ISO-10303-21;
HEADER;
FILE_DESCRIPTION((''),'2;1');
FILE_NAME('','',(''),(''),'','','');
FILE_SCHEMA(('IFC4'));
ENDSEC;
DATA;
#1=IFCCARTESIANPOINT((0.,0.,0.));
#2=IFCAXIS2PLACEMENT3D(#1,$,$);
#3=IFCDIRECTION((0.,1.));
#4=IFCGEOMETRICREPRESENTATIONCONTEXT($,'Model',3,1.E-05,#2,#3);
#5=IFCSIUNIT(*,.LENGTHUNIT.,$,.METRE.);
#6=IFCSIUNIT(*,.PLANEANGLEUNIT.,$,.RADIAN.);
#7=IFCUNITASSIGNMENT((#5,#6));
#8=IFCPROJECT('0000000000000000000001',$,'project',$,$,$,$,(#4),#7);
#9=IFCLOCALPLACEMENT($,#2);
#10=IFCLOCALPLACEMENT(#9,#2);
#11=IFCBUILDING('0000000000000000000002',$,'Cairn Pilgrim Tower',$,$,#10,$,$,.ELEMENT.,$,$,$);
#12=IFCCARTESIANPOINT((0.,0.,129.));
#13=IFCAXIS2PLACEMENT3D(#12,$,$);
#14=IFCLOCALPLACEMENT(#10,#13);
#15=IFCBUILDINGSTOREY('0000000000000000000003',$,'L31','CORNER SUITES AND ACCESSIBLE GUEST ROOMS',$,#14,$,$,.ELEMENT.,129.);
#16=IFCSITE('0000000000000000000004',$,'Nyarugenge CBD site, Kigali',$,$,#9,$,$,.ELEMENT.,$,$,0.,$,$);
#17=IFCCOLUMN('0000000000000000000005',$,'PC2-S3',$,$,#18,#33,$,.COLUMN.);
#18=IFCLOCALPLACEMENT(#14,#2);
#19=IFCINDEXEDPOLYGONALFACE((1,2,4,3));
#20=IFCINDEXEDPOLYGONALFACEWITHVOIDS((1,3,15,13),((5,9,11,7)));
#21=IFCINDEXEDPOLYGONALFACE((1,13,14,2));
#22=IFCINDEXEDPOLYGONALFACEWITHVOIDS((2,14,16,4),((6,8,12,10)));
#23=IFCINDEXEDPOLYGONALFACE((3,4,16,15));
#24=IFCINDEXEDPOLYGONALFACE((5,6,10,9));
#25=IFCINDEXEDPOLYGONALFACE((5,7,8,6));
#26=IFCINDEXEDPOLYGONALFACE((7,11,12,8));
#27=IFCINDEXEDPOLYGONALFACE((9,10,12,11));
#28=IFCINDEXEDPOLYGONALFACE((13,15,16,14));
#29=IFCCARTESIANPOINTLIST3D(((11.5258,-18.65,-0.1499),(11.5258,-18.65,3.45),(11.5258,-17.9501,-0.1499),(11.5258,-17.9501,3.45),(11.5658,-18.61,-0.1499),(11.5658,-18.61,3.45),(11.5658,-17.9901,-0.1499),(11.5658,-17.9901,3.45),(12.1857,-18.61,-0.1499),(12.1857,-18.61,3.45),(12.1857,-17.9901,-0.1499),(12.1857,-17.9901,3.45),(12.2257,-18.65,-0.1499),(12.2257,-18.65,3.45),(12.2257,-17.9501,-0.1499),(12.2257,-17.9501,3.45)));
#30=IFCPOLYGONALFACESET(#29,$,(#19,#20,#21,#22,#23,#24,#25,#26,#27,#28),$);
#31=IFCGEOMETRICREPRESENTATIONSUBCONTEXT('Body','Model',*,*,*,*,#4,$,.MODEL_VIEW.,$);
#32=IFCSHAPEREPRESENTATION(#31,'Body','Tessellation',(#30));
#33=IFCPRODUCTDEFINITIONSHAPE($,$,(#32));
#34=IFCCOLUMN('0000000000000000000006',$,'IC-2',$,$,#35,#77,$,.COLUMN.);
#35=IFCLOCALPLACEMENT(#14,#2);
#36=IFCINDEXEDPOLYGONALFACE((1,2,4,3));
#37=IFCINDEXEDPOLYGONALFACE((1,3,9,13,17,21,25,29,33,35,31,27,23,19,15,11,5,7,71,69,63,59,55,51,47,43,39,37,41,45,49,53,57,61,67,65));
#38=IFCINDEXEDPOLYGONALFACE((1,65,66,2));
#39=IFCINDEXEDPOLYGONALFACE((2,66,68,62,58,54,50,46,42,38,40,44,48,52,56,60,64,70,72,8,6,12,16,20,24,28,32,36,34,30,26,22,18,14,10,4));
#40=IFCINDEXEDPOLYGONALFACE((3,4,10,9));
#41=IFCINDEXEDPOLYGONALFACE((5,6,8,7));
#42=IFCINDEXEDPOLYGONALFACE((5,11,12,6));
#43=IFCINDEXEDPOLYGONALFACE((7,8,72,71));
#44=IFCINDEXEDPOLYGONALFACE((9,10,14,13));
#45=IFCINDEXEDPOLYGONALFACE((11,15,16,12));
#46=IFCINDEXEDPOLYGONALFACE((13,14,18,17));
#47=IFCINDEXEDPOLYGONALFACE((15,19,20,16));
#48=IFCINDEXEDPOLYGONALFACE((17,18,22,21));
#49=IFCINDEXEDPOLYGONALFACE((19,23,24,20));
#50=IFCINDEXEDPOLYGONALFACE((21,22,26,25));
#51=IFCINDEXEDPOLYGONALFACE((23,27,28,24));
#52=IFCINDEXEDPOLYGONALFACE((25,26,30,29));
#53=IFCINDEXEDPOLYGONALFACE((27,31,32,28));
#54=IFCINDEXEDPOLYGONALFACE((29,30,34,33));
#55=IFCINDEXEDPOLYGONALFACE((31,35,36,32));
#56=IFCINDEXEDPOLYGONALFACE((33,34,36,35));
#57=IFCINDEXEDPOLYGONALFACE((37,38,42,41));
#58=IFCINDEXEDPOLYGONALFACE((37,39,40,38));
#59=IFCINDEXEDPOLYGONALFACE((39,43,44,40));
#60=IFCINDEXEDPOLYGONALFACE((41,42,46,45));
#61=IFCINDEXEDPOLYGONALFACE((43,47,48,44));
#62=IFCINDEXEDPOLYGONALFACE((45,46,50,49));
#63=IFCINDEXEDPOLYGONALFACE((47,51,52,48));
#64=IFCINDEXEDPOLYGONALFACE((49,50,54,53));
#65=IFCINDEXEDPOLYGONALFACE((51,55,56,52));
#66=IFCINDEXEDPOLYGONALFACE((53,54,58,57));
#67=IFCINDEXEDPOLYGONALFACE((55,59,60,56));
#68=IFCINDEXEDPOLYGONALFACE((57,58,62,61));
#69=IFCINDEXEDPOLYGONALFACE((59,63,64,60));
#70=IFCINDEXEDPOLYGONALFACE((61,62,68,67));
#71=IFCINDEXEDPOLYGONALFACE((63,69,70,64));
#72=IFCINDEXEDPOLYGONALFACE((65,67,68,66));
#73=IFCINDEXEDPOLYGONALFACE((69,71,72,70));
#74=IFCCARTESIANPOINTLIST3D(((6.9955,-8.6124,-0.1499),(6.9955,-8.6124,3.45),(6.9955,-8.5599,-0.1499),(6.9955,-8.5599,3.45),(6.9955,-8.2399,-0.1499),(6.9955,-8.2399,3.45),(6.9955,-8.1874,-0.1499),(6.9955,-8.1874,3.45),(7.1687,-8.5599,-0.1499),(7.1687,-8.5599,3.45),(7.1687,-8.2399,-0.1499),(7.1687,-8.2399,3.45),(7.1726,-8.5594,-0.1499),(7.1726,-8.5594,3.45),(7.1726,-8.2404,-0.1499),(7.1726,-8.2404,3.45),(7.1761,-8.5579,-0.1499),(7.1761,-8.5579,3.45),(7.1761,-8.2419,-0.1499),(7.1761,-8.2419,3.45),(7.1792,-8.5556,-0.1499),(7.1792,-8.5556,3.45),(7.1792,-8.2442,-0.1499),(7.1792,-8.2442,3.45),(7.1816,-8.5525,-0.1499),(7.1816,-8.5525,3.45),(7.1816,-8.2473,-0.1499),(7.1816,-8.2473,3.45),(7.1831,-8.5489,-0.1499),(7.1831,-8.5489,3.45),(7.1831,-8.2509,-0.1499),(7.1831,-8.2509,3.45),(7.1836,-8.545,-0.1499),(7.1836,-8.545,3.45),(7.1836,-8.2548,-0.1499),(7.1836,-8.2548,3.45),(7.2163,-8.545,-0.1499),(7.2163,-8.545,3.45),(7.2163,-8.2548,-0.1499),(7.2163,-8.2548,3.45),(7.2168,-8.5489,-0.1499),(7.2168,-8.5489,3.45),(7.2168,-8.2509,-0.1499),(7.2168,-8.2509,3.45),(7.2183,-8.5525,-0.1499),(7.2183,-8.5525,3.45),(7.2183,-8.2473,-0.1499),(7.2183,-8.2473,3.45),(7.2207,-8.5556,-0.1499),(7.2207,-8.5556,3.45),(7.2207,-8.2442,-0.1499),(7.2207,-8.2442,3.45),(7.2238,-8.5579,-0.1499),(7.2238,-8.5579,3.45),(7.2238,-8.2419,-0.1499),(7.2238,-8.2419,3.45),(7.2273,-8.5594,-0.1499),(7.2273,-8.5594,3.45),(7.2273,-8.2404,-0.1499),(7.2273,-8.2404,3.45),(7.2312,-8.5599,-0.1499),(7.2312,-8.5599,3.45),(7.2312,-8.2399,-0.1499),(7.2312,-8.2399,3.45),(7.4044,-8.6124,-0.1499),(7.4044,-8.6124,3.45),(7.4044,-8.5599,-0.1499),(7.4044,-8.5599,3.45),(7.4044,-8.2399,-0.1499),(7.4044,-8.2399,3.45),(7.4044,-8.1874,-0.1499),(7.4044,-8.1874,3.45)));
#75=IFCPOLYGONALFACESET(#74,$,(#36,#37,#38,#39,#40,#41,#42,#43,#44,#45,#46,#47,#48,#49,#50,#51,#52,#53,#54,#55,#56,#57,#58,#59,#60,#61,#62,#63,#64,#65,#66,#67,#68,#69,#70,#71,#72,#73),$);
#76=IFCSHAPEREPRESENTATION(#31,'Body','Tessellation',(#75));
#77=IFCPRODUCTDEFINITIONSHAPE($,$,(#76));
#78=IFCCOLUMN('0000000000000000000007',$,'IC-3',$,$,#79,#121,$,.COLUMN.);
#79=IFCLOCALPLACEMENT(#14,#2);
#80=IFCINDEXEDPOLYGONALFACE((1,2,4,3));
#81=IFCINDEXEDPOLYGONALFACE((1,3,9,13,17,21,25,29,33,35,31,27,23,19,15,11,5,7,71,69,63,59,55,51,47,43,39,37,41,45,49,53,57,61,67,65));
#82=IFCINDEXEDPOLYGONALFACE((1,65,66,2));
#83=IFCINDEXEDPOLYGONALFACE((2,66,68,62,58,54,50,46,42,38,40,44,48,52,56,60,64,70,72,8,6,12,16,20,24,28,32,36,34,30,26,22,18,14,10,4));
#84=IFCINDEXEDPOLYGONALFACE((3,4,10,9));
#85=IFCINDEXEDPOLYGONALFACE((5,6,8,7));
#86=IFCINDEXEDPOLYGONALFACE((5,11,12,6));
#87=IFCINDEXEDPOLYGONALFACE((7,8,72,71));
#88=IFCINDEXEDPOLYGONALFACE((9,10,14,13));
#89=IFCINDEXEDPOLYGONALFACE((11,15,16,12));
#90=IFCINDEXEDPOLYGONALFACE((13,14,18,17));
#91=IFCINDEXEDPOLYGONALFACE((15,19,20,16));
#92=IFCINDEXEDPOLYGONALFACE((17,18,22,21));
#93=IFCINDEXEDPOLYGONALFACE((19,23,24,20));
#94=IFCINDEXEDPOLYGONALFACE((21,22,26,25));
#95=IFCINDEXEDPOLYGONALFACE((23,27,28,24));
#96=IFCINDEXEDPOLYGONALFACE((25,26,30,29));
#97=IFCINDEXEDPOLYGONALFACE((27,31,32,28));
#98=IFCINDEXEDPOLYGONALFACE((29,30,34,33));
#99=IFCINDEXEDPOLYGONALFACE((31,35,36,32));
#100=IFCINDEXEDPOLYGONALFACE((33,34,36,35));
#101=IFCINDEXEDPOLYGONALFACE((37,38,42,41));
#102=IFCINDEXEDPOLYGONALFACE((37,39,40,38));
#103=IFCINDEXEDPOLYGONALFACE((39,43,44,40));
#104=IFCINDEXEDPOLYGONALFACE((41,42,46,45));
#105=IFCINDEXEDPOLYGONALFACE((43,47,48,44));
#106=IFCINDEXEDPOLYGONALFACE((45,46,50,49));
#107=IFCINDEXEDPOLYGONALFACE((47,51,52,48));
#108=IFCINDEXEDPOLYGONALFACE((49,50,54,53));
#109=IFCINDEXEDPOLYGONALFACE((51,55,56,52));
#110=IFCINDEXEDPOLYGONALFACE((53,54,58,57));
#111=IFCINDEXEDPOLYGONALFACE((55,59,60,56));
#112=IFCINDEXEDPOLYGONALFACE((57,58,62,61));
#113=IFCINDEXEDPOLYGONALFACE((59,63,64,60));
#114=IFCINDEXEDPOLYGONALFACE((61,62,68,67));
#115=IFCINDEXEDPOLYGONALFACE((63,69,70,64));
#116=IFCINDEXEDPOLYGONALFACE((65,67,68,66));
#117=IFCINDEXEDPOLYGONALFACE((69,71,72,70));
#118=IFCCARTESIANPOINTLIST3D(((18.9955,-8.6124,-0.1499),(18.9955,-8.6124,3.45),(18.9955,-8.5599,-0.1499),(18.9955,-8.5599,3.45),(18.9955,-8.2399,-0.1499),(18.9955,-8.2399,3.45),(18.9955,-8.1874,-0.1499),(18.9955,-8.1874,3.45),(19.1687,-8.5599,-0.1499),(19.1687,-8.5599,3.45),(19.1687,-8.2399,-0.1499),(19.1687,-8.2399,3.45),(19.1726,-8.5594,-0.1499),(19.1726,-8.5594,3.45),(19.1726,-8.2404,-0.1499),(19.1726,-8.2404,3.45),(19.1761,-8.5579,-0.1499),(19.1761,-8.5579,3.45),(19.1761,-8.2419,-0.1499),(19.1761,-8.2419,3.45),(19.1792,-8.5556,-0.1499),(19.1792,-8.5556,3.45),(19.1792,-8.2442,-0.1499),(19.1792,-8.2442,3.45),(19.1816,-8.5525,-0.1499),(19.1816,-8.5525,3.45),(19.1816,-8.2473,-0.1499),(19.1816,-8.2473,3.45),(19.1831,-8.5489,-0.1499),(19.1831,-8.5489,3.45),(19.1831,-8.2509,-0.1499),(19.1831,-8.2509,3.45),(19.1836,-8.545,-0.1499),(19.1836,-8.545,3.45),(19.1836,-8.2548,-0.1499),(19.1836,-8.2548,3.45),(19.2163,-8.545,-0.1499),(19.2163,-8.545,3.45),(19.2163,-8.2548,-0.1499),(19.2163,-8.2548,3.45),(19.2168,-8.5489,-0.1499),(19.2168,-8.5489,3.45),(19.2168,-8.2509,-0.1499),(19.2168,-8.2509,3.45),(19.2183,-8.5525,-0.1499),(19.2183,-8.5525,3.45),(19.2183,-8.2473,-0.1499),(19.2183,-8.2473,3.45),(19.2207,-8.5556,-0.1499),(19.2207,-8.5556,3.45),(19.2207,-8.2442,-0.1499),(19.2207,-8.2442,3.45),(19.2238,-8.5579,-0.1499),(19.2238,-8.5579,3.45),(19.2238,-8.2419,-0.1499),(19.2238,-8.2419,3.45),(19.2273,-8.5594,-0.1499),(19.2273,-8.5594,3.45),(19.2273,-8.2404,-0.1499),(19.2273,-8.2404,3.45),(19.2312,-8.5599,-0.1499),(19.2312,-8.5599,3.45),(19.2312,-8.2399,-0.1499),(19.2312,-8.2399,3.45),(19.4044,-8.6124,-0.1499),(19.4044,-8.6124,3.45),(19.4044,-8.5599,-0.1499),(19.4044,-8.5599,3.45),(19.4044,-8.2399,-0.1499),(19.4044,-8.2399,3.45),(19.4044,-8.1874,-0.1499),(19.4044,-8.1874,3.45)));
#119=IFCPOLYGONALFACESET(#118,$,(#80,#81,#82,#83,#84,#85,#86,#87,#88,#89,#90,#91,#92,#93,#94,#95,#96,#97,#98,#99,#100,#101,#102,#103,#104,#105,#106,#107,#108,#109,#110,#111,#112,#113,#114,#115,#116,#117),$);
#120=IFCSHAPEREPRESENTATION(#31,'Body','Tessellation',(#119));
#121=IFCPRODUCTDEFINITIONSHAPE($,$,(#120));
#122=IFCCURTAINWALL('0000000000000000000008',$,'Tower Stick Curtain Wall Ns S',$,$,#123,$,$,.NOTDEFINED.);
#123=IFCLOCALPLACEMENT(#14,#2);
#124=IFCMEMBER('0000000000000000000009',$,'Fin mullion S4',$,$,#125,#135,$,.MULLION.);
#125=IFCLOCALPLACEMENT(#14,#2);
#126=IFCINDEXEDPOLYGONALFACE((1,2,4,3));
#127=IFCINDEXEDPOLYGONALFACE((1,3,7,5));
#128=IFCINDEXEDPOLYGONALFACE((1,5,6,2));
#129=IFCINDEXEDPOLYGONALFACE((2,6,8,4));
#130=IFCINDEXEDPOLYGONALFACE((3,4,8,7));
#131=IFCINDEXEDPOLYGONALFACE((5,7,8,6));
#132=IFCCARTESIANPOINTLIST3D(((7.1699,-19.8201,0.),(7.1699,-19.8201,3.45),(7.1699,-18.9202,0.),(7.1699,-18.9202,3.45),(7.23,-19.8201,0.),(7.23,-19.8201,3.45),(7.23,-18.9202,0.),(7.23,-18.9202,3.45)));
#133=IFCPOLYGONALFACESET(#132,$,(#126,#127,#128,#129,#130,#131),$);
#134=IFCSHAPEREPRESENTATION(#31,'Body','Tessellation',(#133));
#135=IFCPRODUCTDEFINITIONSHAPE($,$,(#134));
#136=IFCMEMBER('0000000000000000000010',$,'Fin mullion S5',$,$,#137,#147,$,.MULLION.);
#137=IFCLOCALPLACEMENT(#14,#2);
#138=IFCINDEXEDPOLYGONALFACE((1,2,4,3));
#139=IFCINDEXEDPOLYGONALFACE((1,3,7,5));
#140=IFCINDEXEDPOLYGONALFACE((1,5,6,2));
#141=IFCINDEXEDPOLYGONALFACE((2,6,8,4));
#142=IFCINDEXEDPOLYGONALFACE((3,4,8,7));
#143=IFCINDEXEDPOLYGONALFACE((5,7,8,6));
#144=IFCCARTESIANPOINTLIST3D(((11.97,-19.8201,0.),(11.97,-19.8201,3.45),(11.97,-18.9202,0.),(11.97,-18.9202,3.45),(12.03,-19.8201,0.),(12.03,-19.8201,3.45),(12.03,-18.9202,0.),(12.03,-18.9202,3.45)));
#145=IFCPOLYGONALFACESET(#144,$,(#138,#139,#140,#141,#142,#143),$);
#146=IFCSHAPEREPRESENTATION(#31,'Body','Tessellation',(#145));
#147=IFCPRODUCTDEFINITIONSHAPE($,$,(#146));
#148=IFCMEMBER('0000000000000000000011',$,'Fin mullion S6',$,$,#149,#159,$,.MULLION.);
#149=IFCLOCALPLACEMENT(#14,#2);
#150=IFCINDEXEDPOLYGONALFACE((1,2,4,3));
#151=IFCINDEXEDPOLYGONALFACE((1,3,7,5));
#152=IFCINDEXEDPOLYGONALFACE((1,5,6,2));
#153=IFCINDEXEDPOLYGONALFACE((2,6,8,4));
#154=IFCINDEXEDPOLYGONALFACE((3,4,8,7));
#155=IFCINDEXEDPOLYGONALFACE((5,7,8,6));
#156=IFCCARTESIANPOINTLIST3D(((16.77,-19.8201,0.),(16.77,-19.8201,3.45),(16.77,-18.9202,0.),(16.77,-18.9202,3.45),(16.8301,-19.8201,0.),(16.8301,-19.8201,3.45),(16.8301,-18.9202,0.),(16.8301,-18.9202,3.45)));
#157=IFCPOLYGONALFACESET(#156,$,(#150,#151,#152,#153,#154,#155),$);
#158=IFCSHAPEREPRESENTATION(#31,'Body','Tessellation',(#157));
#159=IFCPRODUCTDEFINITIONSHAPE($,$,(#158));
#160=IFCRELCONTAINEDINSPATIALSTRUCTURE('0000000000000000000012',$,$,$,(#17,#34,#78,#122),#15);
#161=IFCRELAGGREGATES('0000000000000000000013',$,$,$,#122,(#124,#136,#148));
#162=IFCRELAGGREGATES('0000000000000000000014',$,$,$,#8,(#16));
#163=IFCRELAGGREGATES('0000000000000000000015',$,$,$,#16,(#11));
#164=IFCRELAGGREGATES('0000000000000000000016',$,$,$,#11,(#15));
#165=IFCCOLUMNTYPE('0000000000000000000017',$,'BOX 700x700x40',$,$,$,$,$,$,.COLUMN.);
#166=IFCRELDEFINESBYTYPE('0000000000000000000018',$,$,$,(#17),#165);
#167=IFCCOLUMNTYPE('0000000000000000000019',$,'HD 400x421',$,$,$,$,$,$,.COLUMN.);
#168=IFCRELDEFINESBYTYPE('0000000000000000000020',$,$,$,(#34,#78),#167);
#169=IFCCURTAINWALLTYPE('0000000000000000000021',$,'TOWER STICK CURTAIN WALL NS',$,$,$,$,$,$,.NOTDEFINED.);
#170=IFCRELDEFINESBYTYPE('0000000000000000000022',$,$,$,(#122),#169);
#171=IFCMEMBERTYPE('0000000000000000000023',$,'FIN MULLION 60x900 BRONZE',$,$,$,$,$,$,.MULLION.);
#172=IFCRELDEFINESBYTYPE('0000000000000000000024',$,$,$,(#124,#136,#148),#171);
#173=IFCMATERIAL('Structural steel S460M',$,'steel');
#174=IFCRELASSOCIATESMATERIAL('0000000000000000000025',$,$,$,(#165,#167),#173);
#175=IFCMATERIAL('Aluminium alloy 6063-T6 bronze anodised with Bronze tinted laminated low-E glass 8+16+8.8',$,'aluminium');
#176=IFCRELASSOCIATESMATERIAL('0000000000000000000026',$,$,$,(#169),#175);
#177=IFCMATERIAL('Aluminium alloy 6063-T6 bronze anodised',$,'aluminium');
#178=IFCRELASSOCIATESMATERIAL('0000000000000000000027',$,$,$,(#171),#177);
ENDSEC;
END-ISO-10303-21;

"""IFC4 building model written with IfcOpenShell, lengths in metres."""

from ifc_helpers import new_model, si_unit, direction, frame, origin, origin_2d, place, context, subcontext, project, spatial, rectangle, hollow_rectangle, i_section, extrude, material, material_profile, profile_set, type_object, element, aggregate, save


model = new_model("IFC4")

# Units and contexts
model_context = context("Model", 3, precision=1e-05, world=origin(), true_north=direction((0.0, 1.0)))
body_context = subcontext(model_context, "Body", "Model", "MODEL_VIEW")
ifc_project = project(units=[si_unit("LENGTHUNIT", "METRE"), si_unit("PLANEANGLEUNIT", "RADIAN")], contexts=[model_context])

# Site, building, storey
site_placement = place(None, origin())
site = spatial("IfcSite", under=ifc_project, at=site_placement, Name="Nyarugenge CBD site, Kigali", CompositionType="ELEMENT", RefElevation=0.0)
building_placement = place(site_placement, origin())
building = spatial("IfcBuilding", under=site, at=building_placement, Name="Cairn Pilgrim Tower", CompositionType="ELEMENT")
storey_placement = place(building_placement, frame((0.0, 0.0, 129.0)))
storey = spatial("IfcBuildingStorey", under=building, at=storey_placement, Name="L31", Description="CORNER SUITES AND ACCESSIBLE GUEST ROOMS", CompositionType="ELEMENT", Elevation=129.0)

# Columns
ifc_material_1 = material(Name="Structural steel S460M", Category="steel")
ifc_material_profile_1 = material_profile(ifc_material_1, hollow_rectangle(XDim=0.7, YDim=0.7, WallThickness=0.04, at=origin_2d()), Name="BOX 700x700x40")
ifc_profile_set_1 = profile_set([ifc_material_profile_1], Name="Structural steel S460M")
column_type_1 = type_object("IfcColumnType", Name="BOX 700x700x40", PredefinedType="COLUMN", material=ifc_profile_set_1)
column_placement = place(storey_placement, frame((11.8757, -18.3, -0.1499), z_axis=(0.0, 0.0, 1.0), x_axis=(1.0, 0.0, 0.0)))
element("IfcColumn", 1, at=column_placement, inside=storey, type_object=column_type_1, Name="PC2-S3", PredefinedType="COLUMN", context=body_context, shape_type="SweptSolid", body=[
    extrude(hollow_rectangle(XDim=0.7, YDim=0.7, WallThickness=0.04, at=origin_2d()), origin(), (0.0, 0.0, 1.0), 3.5999),
])
ifc_material_profile_2 = material_profile(ifc_material_1, i_section(OverallWidth=0.4089, OverallDepth=0.425, WebThickness=0.0327, FlangeThickness=0.0525, FilletRadius=0.0149, at=origin_2d()), Name="HD 400x421")
ifc_profile_set_2 = profile_set([ifc_material_profile_2], Name="Structural steel S460M")
column_type_2 = type_object("IfcColumnType", Name="HD 400x421", PredefinedType="COLUMN", material=ifc_profile_set_2)
for number, where, z_axis, x_axis, name in (
    (2, (7.2, -8.3999, -0.1499), (0.0, 0.0, 1.0), (1.0, 0.0, 0.0), "IC-2"),
    (3, (19.2, -8.3999, -0.1499), (0.0, 0.0, 1.0), (1.0, 0.0, 0.0), "IC-3"),
):
    element("IfcColumn", number, at=place(storey_placement, frame(where, z_axis=z_axis, x_axis=x_axis)), inside=storey, type_object=column_type_2, Name=name, PredefinedType="COLUMN", context=body_context, shape_type="SweptSolid", body=[
        extrude(i_section(OverallWidth=0.4089, OverallDepth=0.425, WebThickness=0.0327, FlangeThickness=0.0525, FilletRadius=0.0149, at=origin_2d()), origin(), (0.0, 0.0, 1.0), 3.5999),
    ])

# Curtain wall, members
ifc_material_2 = material(Name="Aluminium alloy 6063-T6 bronze anodised with Bronze tinted laminated low-E glass 8+16+8.8", Category="aluminium")
curtain_wall_type = type_object("IfcCurtainWallType", Name="TOWER STICK CURTAIN WALL NS", PredefinedType="NOTDEFINED", material=ifc_material_2)
curtain_wall_placement = place(storey_placement, origin())
curtain_wall = element("IfcCurtainWall", 4, at=curtain_wall_placement, inside=storey, type_object=curtain_wall_type, Name="Tower Stick Curtain Wall Ns S", PredefinedType="NOTDEFINED")
ifc_material_3 = material(Name="Aluminium alloy 6063-T6 bronze anodised", Category="aluminium")
ifc_material_profile_3 = material_profile(ifc_material_3, rectangle(XDim=0.8999, YDim=0.0601, at=origin_2d()), Name="FIN MULLION 60x900 BRONZE")
ifc_profile_set_3 = profile_set([ifc_material_profile_3], Name="Aluminium alloy 6063-T6 bronze anodised")
member_type_1 = type_object("IfcMemberType", Name="FIN MULLION 60x900 BRONZE", PredefinedType="MULLION", material=ifc_profile_set_3)
member_1_placement = place(storey_placement, frame((7.2, -19.3701, 0.0), z_axis=(0.0, 0.0, 1.0), x_axis=(0.0, -1.0, 0.0)))
member_1 = element("IfcMember", 5, at=member_1_placement, type_object=member_type_1, Name="Fin mullion S4", PredefinedType="MULLION", context=body_context, shape_type="SweptSolid", body=[
    extrude(rectangle(XDim=0.8999, YDim=0.0601, at=origin_2d()), origin(), (0.0, 0.0, 1.0), 3.45),
])
member_2_placement = place(storey_placement, frame((12.0, -19.3701, 0.0), z_axis=(0.0, 0.0, 1.0), x_axis=(0.0, -1.0, 0.0)))
member_2 = element("IfcMember", 6, at=member_2_placement, type_object=member_type_1, Name="Fin mullion S5", PredefinedType="MULLION", context=body_context, shape_type="SweptSolid", body=[
    extrude(rectangle(XDim=0.8999, YDim=0.0601, at=origin_2d()), origin(), (0.0, 0.0, 1.0), 3.45),
])
member_3_placement = place(storey_placement, frame((16.8, -19.3701, 0.0), z_axis=(0.0, 0.0, 1.0), x_axis=(0.0, -1.0, 0.0)))
member_3 = element("IfcMember", 7, at=member_3_placement, type_object=member_type_1, Name="Fin mullion S6", PredefinedType="MULLION", context=body_context, shape_type="SweptSolid", body=[
    extrude(rectangle(XDim=0.8999, YDim=0.0601, at=origin_2d()), origin(), (0.0, 0.0, 1.0), 3.45),
])

aggregate(curtain_wall, [member_1, member_2, member_3])

save(model, "model.ifc")
